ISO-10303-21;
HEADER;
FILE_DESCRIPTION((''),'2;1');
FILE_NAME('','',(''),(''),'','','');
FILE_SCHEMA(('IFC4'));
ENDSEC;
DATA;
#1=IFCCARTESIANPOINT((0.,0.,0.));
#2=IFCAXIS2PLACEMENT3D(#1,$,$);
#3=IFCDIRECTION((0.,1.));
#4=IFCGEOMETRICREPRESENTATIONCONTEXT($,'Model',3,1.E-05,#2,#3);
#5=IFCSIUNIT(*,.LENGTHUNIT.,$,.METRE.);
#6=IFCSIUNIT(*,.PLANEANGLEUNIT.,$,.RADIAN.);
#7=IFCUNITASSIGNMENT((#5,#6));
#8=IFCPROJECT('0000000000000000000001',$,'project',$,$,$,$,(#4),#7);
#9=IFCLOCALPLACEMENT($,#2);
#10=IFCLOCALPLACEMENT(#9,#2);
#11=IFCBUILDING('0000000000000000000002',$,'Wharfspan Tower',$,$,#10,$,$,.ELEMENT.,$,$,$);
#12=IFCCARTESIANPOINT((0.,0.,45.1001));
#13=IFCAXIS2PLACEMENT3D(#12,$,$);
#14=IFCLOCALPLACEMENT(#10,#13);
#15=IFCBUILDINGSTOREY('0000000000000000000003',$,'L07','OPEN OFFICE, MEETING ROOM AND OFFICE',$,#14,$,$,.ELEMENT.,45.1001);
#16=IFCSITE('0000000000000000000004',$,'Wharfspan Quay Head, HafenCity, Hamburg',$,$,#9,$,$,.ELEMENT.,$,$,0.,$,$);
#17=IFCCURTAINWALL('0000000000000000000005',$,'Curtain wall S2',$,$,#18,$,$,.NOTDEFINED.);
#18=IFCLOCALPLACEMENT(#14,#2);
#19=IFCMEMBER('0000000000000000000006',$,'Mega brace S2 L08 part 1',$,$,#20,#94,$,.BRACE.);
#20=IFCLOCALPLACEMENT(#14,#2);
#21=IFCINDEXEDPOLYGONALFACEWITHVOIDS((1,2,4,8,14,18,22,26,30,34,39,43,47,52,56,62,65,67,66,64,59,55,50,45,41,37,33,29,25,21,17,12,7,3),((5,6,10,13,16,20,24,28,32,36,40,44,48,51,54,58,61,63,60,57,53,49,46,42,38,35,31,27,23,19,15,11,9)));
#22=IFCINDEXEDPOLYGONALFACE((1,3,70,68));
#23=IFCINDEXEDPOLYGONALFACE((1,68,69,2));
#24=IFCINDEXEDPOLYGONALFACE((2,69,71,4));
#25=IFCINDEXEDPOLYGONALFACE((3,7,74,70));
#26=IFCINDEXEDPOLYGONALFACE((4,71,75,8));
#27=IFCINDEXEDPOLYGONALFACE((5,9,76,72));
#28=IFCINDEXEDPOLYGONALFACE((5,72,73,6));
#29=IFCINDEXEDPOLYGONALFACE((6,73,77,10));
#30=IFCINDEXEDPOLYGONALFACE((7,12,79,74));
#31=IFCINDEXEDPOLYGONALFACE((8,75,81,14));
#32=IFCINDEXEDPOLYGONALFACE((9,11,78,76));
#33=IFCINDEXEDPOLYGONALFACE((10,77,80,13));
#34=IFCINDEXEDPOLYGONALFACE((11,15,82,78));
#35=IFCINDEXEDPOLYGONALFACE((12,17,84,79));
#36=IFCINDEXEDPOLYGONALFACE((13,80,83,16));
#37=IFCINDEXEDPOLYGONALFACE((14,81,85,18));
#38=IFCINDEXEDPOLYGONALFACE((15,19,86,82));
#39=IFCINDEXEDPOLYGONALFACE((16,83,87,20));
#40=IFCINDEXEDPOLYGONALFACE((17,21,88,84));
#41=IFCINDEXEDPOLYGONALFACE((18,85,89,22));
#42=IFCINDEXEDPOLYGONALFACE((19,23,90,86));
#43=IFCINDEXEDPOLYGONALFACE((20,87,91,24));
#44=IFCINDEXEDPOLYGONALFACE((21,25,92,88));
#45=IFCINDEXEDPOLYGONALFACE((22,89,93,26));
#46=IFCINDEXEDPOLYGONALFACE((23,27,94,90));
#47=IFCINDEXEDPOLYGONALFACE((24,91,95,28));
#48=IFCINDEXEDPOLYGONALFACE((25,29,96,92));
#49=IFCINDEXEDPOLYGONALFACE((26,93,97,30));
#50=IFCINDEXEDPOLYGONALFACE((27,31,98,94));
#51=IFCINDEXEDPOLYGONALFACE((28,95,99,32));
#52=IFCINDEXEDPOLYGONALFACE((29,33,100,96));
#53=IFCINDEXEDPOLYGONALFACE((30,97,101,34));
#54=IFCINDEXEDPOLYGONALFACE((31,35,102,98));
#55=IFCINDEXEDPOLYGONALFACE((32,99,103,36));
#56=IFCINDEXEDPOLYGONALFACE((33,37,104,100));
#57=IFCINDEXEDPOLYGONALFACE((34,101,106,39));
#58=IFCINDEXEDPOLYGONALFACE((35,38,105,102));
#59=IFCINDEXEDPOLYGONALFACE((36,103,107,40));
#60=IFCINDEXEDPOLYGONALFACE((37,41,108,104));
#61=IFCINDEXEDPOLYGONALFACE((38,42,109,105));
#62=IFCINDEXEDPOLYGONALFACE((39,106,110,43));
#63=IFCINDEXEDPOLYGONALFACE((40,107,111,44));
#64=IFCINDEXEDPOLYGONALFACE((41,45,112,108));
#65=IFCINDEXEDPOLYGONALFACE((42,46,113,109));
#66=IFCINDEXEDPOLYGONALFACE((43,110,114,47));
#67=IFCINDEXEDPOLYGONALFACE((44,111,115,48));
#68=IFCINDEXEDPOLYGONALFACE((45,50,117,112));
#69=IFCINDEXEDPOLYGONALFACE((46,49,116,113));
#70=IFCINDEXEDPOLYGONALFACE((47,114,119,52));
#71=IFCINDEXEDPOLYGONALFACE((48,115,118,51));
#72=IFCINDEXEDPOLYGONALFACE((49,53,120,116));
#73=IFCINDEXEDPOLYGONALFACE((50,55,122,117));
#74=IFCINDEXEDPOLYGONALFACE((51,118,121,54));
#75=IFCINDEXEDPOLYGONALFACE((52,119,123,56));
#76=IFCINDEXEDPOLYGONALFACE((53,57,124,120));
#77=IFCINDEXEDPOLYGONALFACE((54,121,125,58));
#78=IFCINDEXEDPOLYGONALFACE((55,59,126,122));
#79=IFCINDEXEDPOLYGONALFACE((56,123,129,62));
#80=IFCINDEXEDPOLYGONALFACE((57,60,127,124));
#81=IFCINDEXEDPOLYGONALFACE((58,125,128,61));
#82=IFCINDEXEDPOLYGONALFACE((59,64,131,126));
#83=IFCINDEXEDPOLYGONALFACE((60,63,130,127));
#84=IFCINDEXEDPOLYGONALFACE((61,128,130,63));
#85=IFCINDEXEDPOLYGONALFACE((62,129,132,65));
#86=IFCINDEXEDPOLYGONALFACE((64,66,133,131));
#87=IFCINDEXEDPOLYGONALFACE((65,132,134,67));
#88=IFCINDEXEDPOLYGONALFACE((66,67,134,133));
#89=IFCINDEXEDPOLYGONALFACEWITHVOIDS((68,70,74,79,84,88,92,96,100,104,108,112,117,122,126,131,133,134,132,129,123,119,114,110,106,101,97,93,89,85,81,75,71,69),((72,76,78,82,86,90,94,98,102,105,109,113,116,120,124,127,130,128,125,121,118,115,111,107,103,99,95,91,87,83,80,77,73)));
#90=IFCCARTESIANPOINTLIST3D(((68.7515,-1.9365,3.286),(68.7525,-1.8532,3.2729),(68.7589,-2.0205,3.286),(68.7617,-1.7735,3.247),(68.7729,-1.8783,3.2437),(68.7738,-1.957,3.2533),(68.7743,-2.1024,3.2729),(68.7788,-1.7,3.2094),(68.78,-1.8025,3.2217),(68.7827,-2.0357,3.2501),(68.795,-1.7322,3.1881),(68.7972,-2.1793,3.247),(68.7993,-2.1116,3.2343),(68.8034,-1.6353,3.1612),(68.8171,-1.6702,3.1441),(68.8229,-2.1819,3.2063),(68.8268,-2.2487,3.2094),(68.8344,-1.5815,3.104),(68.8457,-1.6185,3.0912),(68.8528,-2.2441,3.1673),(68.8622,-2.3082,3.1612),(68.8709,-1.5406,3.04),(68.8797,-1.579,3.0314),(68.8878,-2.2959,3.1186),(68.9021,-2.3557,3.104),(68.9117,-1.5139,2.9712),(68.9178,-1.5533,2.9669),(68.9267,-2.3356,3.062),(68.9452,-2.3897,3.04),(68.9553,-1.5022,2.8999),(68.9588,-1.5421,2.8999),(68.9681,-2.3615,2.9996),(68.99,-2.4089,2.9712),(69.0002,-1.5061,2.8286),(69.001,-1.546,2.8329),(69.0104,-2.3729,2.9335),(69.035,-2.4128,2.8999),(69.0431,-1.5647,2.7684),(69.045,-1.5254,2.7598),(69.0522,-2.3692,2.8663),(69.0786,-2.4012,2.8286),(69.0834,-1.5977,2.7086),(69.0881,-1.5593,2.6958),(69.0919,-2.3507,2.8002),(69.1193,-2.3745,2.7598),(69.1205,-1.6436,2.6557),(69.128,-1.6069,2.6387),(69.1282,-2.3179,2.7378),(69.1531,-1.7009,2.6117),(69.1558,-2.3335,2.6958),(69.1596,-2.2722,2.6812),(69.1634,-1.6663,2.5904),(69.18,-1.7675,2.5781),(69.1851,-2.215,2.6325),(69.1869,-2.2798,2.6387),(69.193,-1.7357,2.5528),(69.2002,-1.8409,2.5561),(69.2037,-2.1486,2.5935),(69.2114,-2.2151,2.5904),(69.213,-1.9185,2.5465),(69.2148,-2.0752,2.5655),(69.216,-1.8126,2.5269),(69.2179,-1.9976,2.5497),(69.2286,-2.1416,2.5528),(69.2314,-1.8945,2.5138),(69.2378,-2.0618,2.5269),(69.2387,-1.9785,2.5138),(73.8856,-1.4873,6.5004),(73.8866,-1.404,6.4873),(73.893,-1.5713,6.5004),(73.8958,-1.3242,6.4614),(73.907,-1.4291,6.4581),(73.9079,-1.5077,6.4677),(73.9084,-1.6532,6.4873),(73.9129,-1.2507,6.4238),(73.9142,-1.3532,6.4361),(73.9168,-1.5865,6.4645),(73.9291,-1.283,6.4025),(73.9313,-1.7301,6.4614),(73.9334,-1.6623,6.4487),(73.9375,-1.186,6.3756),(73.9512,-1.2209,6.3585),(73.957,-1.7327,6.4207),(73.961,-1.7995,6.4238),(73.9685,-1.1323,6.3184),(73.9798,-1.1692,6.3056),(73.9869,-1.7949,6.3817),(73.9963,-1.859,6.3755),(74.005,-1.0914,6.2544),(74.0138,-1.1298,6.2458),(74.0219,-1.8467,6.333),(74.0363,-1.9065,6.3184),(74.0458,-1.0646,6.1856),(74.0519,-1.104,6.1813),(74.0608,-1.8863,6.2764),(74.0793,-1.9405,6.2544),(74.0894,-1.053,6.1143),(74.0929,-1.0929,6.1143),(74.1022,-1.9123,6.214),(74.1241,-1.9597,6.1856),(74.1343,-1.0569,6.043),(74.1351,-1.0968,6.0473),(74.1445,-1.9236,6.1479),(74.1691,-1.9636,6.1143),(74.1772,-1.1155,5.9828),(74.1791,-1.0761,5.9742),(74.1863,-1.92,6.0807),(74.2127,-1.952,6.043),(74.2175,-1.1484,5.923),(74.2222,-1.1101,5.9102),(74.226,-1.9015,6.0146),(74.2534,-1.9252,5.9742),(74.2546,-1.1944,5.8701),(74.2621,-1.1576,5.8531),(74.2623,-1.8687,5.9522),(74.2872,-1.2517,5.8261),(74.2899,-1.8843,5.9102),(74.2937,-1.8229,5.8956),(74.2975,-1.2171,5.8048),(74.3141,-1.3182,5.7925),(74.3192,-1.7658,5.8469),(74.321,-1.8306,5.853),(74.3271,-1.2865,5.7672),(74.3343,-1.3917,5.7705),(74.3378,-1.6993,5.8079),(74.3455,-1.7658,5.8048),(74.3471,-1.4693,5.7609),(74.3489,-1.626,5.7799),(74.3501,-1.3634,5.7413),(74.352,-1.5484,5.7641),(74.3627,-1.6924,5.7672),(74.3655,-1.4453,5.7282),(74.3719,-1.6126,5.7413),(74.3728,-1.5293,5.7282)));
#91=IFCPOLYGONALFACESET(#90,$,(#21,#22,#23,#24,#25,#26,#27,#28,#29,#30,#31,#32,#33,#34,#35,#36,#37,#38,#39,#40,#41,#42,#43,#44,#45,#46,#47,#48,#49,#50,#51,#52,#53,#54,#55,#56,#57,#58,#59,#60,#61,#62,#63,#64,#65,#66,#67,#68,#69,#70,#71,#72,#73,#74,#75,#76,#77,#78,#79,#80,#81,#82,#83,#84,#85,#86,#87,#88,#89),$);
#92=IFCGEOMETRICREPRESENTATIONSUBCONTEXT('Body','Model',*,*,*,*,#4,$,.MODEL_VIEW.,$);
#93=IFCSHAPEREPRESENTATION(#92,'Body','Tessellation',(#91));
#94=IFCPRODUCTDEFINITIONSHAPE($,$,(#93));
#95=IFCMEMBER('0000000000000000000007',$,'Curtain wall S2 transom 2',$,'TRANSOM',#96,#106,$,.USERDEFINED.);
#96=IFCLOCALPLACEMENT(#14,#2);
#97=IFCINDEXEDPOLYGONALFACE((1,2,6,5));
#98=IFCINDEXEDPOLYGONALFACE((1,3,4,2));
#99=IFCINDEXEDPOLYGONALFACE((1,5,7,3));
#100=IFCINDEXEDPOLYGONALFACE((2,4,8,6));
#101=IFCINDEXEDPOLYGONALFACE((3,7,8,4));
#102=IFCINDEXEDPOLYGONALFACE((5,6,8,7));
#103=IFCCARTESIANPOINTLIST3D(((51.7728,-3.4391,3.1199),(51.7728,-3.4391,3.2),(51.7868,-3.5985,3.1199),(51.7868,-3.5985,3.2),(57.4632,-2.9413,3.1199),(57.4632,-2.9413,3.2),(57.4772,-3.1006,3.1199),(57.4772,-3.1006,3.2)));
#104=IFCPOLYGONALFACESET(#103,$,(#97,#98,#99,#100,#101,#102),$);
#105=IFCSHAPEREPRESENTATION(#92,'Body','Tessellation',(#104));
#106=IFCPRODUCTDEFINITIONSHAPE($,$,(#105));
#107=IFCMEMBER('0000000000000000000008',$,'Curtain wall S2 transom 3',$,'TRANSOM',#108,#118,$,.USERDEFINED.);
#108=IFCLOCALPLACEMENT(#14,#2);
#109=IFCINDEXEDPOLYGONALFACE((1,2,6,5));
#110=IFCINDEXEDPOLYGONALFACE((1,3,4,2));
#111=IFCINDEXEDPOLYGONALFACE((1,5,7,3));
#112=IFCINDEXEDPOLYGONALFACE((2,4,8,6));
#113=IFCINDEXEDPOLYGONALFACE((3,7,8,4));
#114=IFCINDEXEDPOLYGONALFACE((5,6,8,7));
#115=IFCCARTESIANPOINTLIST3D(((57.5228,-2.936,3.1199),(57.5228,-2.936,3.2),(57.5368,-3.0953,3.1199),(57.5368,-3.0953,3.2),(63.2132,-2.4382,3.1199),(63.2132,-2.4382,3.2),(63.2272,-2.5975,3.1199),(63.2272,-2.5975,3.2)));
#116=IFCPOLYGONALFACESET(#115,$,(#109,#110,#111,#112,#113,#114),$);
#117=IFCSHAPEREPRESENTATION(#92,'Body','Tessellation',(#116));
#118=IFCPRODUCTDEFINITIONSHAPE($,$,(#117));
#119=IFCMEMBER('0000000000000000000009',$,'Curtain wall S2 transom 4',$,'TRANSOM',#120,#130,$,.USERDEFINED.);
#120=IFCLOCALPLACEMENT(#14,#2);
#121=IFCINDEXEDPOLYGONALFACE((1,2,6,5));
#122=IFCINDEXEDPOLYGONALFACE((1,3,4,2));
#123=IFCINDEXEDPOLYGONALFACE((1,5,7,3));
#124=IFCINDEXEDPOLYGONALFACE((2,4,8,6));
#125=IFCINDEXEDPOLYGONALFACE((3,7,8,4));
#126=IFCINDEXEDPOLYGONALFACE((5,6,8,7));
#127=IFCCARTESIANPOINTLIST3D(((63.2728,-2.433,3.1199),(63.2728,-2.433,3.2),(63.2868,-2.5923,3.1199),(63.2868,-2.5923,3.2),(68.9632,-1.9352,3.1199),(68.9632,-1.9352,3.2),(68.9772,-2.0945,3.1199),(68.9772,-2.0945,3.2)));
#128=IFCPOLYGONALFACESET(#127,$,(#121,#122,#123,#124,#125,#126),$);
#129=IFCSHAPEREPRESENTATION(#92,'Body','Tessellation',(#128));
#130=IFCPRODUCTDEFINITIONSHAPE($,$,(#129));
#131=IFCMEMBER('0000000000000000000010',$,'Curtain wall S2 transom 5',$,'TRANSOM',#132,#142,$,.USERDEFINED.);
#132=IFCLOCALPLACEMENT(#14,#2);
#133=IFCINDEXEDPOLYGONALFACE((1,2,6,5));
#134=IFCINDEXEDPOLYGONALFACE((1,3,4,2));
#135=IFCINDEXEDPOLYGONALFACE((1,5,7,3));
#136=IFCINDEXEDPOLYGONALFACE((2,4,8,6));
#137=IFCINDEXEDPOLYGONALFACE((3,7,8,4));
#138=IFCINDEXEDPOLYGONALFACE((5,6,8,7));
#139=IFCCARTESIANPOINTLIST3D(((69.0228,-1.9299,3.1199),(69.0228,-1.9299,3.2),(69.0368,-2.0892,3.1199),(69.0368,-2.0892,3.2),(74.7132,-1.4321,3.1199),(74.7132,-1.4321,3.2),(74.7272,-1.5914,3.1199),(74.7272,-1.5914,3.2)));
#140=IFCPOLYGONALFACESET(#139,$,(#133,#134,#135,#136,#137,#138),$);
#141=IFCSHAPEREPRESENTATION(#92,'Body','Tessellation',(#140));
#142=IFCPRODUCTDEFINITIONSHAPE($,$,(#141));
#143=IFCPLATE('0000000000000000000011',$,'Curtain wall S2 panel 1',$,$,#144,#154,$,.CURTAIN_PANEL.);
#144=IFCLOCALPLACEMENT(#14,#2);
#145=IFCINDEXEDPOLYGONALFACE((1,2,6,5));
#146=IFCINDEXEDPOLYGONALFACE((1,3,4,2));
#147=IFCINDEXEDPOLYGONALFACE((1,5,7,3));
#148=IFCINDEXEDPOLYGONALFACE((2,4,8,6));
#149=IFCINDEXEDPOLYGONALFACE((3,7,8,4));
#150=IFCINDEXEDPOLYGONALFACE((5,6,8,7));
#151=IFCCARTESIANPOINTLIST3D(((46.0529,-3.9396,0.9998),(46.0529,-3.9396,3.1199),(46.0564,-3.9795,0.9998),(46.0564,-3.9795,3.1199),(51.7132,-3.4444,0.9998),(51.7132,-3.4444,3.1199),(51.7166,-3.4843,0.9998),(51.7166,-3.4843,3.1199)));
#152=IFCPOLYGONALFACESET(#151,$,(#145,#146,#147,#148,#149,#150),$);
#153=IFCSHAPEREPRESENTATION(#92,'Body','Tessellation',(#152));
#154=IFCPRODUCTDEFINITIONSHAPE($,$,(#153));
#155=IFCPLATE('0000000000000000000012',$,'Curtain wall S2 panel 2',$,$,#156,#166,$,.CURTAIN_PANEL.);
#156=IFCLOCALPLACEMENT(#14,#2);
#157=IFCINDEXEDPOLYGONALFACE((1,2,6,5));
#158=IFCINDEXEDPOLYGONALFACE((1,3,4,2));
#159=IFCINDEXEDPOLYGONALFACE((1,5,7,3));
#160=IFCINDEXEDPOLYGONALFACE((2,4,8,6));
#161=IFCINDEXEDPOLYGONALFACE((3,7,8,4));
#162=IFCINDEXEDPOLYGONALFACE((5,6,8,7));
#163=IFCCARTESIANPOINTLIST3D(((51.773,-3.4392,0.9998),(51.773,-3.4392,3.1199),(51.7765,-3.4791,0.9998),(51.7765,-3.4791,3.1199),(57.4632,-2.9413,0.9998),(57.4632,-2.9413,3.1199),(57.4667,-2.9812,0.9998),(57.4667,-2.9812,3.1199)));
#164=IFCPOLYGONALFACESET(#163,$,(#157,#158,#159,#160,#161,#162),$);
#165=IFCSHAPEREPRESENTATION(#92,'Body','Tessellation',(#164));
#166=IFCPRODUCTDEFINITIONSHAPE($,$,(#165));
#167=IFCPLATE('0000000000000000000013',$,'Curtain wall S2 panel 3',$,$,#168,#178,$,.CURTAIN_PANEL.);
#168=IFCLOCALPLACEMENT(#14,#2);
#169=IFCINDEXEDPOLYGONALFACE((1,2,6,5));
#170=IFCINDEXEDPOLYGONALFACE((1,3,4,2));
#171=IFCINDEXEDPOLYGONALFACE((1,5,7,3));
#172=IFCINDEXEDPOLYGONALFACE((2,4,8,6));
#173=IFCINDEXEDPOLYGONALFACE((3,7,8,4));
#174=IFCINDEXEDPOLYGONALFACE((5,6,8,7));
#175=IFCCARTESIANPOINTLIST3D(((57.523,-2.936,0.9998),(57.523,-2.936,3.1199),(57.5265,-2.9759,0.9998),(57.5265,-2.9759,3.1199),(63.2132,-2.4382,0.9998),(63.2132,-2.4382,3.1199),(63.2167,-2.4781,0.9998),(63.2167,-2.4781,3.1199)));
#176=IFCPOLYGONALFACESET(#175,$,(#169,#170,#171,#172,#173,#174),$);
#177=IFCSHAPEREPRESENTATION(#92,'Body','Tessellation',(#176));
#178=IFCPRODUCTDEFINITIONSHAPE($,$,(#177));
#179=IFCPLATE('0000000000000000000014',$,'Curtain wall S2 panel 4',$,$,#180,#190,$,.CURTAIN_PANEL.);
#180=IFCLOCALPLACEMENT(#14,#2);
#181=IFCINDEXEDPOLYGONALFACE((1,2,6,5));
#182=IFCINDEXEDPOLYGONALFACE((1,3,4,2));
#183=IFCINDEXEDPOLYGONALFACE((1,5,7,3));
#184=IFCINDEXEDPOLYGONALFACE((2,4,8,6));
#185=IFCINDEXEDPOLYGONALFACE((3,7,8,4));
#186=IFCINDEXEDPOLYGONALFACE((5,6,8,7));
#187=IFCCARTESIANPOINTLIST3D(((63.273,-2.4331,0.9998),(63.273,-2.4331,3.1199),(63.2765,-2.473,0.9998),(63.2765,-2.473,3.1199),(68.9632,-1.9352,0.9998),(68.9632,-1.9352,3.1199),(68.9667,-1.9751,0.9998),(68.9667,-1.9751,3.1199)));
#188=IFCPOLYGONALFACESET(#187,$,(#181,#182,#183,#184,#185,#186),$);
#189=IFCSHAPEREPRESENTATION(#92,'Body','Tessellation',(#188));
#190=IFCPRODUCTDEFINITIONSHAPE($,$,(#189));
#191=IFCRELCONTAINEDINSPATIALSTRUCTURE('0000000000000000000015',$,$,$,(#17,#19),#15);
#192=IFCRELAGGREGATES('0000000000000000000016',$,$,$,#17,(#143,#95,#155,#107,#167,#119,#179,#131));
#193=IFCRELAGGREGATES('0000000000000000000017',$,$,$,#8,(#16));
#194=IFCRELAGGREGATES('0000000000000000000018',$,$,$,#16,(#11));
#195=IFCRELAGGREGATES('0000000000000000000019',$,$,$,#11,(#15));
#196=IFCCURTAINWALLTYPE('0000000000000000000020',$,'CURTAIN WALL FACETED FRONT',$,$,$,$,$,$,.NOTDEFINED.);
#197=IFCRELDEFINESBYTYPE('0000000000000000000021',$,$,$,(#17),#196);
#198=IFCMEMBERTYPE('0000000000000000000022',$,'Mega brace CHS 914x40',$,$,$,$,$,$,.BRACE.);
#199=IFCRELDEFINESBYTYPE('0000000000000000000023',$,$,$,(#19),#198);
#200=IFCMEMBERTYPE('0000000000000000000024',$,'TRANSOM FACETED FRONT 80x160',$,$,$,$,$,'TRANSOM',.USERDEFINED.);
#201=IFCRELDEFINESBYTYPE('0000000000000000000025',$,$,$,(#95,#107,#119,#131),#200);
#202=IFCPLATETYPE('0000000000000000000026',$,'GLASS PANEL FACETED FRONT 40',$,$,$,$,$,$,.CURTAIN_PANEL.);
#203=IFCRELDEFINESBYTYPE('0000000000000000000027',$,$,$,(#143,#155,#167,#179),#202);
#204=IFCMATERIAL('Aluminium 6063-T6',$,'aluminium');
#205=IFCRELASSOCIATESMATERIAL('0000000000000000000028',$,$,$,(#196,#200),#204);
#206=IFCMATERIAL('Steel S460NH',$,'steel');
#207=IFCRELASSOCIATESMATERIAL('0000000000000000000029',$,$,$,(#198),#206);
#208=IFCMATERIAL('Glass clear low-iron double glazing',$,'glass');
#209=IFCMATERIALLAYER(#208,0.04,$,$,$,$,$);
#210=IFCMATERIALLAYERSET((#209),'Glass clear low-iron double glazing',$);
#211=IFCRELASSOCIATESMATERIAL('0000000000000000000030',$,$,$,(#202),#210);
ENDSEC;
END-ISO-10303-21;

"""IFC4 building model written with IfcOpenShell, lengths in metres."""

from ifc_helpers import new_model, si_unit, direction, frame, origin, origin_2d, place, context, subcontext, project, spatial, rectangle, hollow_circle, extrude, material, layer, layer_set, material_profile, profile_set, type_object, element, aggregate, save


model = new_model("IFC4")

# Units and contexts
model_context = context("Model", 3, precision=1e-05, world=origin(), true_north=direction((0.0, 1.0)))
body_context = subcontext(model_context, "Body", "Model", "MODEL_VIEW")
ifc_project = project(units=[si_unit("LENGTHUNIT", "METRE"), si_unit("PLANEANGLEUNIT", "RADIAN")], contexts=[model_context])

# Site, building, storey
site_placement = place(None, origin())
site = spatial("IfcSite", under=ifc_project, at=site_placement, Name="Wharfspan Quay Head, HafenCity, Hamburg", CompositionType="ELEMENT", RefElevation=0.0)
building_placement = place(site_placement, origin())
building = spatial("IfcBuilding", under=site, at=building_placement, Name="Wharfspan Tower", CompositionType="ELEMENT")
storey_placement = place(building_placement, frame((0.0, 0.0, 45.1001)))
storey = spatial("IfcBuildingStorey", under=building, at=storey_placement, Name="L07", Description="OPEN OFFICE, MEETING ROOM AND OFFICE", CompositionType="ELEMENT", Elevation=45.1001)

# Curtain wall
ifc_material_1 = material(Name="Aluminium 6063-T6", Category="aluminium")
curtain_wall_type = type_object("IfcCurtainWallType", Name="CURTAIN WALL FACETED FRONT", PredefinedType="NOTDEFINED", material=ifc_material_1)
curtain_wall_placement = place(storey_placement, origin())
curtain_wall = element("IfcCurtainWall", 1, at=curtain_wall_placement, inside=storey, type_object=curtain_wall_type, Name="Curtain wall S2", PredefinedType="NOTDEFINED")

# Members
ifc_material_2 = material(Name="Steel S460NH", Category="steel")
ifc_material_profile_1 = material_profile(ifc_material_2, hollow_circle(Radius=0.457, WallThickness=0.04, at=origin_2d()))
ifc_profile_set_1 = profile_set([ifc_material_profile_1], Name="Steel S460NH")
member_type_1 = type_object("IfcMemberType", Name="Mega brace CHS 914x40", PredefinedType="BRACE", material=ifc_profile_set_1)
member_1_placement = place(storey_placement, frame((68.9951, -1.9575, 2.8999), z_axis=(0.845262, 0.073959, 0.529208), x_axis=(-0.087167, 0.996192, 0.000003)))
element("IfcMember", 2, at=member_1_placement, inside=storey, type_object=member_type_1, Name="Mega brace S2 L08 part 1", PredefinedType="BRACE", context=body_context, shape_type="SweptSolid", body=[
    extrude(hollow_circle(Radius=0.457, WallThickness=0.04, at=origin_2d()), origin(), (0.0, 0.0, 1.0), 6.074),
])
ifc_material_profile_2 = material_profile(ifc_material_1, rectangle(XDim=0.1599, YDim=0.0801, at=origin_2d()))
ifc_profile_set_2 = profile_set([ifc_material_profile_2], Name="Aluminium 6063-T6")
member_type_2 = type_object("IfcMemberType", Name="TRANSOM FACETED FRONT 80x160", ElementType="TRANSOM", PredefinedType="USERDEFINED", material=ifc_profile_set_2)
member_2_placement = place(storey_placement, frame((51.7798, -3.5188, 3.1599), z_axis=(0.996195, 0.087148, 0.0), x_axis=(-0.087148, 0.996195, 0.0)))
member_2 = element("IfcMember", 3, at=member_2_placement, type_object=member_type_2, Name="Curtain wall S2 transom 2", ObjectType="TRANSOM", PredefinedType="USERDEFINED", context=body_context, shape_type="SweptSolid", body=[
    extrude(rectangle(XDim=0.1599, YDim=0.0801, at=origin_2d()), origin(), (0.0, 0.0, 1.0), 5.7122),
])
member_3_placement = place(storey_placement, frame((57.5298, -3.0156, 3.1599), z_axis=(0.996195, 0.087148, 0.0), x_axis=(-0.087148, 0.996195, 0.0)))
member_3 = element("IfcMember", 4, at=member_3_placement, type_object=member_type_2, Name="Curtain wall S2 transom 3", ObjectType="TRANSOM", PredefinedType="USERDEFINED", context=body_context, shape_type="SweptSolid", body=[
    extrude(rectangle(XDim=0.1599, YDim=0.0801, at=origin_2d()), origin(), (0.0, 0.0, 1.0), 5.7122),
])
member_4_placement = place(storey_placement, frame((63.2798, -2.5127, 3.1599), z_axis=(0.996195, 0.087148, 0.0), x_axis=(-0.087148, 0.996195, 0.0)))
member_4 = element("IfcMember", 5, at=member_4_placement, type_object=member_type_2, Name="Curtain wall S2 transom 4", ObjectType="TRANSOM", PredefinedType="USERDEFINED", context=body_context, shape_type="SweptSolid", body=[
    extrude(rectangle(XDim=0.1599, YDim=0.0801, at=origin_2d()), origin(), (0.0, 0.0, 1.0), 5.7122),
])
member_5_placement = place(storey_placement, frame((69.0298, -2.0095, 3.1599), z_axis=(0.996195, 0.087148, 0.0), x_axis=(-0.087148, 0.996195, 0.0)))
member_5 = element("IfcMember", 6, at=member_5_placement, type_object=member_type_2, Name="Curtain wall S2 transom 5", ObjectType="TRANSOM", PredefinedType="USERDEFINED", context=body_context, shape_type="SweptSolid", body=[
    extrude(rectangle(XDim=0.1599, YDim=0.0801, at=origin_2d()), origin(), (0.0, 0.0, 1.0), 5.7122),
])

# Plates
ifc_material_3 = material(Name="Glass clear low-iron double glazing", Category="glass")
ifc_layer_1 = layer(ifc_material_3, 0.04)
ifc_layer_set_1 = layer_set([ifc_layer_1], Name="Glass clear low-iron double glazing")
plate_type_1 = type_object("IfcPlateType", Name="GLASS PANEL FACETED FRONT 40", PredefinedType="CURTAIN_PANEL", material=ifc_layer_set_1)
plate_1_placement = place(storey_placement, frame((48.8848, -3.7119, 0.9998), z_axis=(0.0, 0.0, 1.0), x_axis=(0.996197, 0.087156, 0.0)))
plate_1 = element("IfcPlate", 7, at=plate_1_placement, type_object=plate_type_1, Name="Curtain wall S2 panel 1", PredefinedType="CURTAIN_PANEL", context=body_context, shape_type="SweptSolid", body=[
    extrude(rectangle(XDim=5.6819, YDim=0.04, at=origin_2d()), origin(), (0.0, 0.0, 1.0), 2.1201),
])
plate_2_placement = place(storey_placement, frame((54.6199, -3.2102, 0.9998), z_axis=(0.0, 0.0, 1.0), x_axis=(0.996197, 0.087156, 0.0)))
plate_2 = element("IfcPlate", 8, at=plate_2_placement, type_object=plate_type_1, Name="Curtain wall S2 panel 2", PredefinedType="CURTAIN_PANEL", context=body_context, shape_type="SweptSolid", body=[
    extrude(rectangle(XDim=5.7119, YDim=0.04, at=origin_2d()), origin(), (0.0, 0.0, 1.0), 2.1201),
])
plate_3_placement = place(storey_placement, frame((60.3699, -2.707, 0.9998), z_axis=(0.0, 0.0, 1.0), x_axis=(0.996197, 0.087156, 0.0)))
plate_3 = element("IfcPlate", 9, at=plate_3_placement, type_object=plate_type_1, Name="Curtain wall S2 panel 3", PredefinedType="CURTAIN_PANEL", context=body_context, shape_type="SweptSolid", body=[
    extrude(rectangle(XDim=5.7119, YDim=0.04, at=origin_2d()), origin(), (0.0, 0.0, 1.0), 2.1201),
])
plate_4_placement = place(storey_placement, frame((66.1199, -2.2041, 0.9998), z_axis=(0.0, 0.0, 1.0), x_axis=(0.996197, 0.087156, 0.0)))
plate_4 = element("IfcPlate", 10, at=plate_4_placement, type_object=plate_type_1, Name="Curtain wall S2 panel 4", PredefinedType="CURTAIN_PANEL", context=body_context, shape_type="SweptSolid", body=[
    extrude(rectangle(XDim=5.7119, YDim=0.04, at=origin_2d()), origin(), (0.0, 0.0, 1.0), 2.1201),
])
aggregate(curtain_wall, [plate_1, member_2, plate_2, member_3, plate_3, member_4, plate_4, member_5])

save(model, "model.ifc")
